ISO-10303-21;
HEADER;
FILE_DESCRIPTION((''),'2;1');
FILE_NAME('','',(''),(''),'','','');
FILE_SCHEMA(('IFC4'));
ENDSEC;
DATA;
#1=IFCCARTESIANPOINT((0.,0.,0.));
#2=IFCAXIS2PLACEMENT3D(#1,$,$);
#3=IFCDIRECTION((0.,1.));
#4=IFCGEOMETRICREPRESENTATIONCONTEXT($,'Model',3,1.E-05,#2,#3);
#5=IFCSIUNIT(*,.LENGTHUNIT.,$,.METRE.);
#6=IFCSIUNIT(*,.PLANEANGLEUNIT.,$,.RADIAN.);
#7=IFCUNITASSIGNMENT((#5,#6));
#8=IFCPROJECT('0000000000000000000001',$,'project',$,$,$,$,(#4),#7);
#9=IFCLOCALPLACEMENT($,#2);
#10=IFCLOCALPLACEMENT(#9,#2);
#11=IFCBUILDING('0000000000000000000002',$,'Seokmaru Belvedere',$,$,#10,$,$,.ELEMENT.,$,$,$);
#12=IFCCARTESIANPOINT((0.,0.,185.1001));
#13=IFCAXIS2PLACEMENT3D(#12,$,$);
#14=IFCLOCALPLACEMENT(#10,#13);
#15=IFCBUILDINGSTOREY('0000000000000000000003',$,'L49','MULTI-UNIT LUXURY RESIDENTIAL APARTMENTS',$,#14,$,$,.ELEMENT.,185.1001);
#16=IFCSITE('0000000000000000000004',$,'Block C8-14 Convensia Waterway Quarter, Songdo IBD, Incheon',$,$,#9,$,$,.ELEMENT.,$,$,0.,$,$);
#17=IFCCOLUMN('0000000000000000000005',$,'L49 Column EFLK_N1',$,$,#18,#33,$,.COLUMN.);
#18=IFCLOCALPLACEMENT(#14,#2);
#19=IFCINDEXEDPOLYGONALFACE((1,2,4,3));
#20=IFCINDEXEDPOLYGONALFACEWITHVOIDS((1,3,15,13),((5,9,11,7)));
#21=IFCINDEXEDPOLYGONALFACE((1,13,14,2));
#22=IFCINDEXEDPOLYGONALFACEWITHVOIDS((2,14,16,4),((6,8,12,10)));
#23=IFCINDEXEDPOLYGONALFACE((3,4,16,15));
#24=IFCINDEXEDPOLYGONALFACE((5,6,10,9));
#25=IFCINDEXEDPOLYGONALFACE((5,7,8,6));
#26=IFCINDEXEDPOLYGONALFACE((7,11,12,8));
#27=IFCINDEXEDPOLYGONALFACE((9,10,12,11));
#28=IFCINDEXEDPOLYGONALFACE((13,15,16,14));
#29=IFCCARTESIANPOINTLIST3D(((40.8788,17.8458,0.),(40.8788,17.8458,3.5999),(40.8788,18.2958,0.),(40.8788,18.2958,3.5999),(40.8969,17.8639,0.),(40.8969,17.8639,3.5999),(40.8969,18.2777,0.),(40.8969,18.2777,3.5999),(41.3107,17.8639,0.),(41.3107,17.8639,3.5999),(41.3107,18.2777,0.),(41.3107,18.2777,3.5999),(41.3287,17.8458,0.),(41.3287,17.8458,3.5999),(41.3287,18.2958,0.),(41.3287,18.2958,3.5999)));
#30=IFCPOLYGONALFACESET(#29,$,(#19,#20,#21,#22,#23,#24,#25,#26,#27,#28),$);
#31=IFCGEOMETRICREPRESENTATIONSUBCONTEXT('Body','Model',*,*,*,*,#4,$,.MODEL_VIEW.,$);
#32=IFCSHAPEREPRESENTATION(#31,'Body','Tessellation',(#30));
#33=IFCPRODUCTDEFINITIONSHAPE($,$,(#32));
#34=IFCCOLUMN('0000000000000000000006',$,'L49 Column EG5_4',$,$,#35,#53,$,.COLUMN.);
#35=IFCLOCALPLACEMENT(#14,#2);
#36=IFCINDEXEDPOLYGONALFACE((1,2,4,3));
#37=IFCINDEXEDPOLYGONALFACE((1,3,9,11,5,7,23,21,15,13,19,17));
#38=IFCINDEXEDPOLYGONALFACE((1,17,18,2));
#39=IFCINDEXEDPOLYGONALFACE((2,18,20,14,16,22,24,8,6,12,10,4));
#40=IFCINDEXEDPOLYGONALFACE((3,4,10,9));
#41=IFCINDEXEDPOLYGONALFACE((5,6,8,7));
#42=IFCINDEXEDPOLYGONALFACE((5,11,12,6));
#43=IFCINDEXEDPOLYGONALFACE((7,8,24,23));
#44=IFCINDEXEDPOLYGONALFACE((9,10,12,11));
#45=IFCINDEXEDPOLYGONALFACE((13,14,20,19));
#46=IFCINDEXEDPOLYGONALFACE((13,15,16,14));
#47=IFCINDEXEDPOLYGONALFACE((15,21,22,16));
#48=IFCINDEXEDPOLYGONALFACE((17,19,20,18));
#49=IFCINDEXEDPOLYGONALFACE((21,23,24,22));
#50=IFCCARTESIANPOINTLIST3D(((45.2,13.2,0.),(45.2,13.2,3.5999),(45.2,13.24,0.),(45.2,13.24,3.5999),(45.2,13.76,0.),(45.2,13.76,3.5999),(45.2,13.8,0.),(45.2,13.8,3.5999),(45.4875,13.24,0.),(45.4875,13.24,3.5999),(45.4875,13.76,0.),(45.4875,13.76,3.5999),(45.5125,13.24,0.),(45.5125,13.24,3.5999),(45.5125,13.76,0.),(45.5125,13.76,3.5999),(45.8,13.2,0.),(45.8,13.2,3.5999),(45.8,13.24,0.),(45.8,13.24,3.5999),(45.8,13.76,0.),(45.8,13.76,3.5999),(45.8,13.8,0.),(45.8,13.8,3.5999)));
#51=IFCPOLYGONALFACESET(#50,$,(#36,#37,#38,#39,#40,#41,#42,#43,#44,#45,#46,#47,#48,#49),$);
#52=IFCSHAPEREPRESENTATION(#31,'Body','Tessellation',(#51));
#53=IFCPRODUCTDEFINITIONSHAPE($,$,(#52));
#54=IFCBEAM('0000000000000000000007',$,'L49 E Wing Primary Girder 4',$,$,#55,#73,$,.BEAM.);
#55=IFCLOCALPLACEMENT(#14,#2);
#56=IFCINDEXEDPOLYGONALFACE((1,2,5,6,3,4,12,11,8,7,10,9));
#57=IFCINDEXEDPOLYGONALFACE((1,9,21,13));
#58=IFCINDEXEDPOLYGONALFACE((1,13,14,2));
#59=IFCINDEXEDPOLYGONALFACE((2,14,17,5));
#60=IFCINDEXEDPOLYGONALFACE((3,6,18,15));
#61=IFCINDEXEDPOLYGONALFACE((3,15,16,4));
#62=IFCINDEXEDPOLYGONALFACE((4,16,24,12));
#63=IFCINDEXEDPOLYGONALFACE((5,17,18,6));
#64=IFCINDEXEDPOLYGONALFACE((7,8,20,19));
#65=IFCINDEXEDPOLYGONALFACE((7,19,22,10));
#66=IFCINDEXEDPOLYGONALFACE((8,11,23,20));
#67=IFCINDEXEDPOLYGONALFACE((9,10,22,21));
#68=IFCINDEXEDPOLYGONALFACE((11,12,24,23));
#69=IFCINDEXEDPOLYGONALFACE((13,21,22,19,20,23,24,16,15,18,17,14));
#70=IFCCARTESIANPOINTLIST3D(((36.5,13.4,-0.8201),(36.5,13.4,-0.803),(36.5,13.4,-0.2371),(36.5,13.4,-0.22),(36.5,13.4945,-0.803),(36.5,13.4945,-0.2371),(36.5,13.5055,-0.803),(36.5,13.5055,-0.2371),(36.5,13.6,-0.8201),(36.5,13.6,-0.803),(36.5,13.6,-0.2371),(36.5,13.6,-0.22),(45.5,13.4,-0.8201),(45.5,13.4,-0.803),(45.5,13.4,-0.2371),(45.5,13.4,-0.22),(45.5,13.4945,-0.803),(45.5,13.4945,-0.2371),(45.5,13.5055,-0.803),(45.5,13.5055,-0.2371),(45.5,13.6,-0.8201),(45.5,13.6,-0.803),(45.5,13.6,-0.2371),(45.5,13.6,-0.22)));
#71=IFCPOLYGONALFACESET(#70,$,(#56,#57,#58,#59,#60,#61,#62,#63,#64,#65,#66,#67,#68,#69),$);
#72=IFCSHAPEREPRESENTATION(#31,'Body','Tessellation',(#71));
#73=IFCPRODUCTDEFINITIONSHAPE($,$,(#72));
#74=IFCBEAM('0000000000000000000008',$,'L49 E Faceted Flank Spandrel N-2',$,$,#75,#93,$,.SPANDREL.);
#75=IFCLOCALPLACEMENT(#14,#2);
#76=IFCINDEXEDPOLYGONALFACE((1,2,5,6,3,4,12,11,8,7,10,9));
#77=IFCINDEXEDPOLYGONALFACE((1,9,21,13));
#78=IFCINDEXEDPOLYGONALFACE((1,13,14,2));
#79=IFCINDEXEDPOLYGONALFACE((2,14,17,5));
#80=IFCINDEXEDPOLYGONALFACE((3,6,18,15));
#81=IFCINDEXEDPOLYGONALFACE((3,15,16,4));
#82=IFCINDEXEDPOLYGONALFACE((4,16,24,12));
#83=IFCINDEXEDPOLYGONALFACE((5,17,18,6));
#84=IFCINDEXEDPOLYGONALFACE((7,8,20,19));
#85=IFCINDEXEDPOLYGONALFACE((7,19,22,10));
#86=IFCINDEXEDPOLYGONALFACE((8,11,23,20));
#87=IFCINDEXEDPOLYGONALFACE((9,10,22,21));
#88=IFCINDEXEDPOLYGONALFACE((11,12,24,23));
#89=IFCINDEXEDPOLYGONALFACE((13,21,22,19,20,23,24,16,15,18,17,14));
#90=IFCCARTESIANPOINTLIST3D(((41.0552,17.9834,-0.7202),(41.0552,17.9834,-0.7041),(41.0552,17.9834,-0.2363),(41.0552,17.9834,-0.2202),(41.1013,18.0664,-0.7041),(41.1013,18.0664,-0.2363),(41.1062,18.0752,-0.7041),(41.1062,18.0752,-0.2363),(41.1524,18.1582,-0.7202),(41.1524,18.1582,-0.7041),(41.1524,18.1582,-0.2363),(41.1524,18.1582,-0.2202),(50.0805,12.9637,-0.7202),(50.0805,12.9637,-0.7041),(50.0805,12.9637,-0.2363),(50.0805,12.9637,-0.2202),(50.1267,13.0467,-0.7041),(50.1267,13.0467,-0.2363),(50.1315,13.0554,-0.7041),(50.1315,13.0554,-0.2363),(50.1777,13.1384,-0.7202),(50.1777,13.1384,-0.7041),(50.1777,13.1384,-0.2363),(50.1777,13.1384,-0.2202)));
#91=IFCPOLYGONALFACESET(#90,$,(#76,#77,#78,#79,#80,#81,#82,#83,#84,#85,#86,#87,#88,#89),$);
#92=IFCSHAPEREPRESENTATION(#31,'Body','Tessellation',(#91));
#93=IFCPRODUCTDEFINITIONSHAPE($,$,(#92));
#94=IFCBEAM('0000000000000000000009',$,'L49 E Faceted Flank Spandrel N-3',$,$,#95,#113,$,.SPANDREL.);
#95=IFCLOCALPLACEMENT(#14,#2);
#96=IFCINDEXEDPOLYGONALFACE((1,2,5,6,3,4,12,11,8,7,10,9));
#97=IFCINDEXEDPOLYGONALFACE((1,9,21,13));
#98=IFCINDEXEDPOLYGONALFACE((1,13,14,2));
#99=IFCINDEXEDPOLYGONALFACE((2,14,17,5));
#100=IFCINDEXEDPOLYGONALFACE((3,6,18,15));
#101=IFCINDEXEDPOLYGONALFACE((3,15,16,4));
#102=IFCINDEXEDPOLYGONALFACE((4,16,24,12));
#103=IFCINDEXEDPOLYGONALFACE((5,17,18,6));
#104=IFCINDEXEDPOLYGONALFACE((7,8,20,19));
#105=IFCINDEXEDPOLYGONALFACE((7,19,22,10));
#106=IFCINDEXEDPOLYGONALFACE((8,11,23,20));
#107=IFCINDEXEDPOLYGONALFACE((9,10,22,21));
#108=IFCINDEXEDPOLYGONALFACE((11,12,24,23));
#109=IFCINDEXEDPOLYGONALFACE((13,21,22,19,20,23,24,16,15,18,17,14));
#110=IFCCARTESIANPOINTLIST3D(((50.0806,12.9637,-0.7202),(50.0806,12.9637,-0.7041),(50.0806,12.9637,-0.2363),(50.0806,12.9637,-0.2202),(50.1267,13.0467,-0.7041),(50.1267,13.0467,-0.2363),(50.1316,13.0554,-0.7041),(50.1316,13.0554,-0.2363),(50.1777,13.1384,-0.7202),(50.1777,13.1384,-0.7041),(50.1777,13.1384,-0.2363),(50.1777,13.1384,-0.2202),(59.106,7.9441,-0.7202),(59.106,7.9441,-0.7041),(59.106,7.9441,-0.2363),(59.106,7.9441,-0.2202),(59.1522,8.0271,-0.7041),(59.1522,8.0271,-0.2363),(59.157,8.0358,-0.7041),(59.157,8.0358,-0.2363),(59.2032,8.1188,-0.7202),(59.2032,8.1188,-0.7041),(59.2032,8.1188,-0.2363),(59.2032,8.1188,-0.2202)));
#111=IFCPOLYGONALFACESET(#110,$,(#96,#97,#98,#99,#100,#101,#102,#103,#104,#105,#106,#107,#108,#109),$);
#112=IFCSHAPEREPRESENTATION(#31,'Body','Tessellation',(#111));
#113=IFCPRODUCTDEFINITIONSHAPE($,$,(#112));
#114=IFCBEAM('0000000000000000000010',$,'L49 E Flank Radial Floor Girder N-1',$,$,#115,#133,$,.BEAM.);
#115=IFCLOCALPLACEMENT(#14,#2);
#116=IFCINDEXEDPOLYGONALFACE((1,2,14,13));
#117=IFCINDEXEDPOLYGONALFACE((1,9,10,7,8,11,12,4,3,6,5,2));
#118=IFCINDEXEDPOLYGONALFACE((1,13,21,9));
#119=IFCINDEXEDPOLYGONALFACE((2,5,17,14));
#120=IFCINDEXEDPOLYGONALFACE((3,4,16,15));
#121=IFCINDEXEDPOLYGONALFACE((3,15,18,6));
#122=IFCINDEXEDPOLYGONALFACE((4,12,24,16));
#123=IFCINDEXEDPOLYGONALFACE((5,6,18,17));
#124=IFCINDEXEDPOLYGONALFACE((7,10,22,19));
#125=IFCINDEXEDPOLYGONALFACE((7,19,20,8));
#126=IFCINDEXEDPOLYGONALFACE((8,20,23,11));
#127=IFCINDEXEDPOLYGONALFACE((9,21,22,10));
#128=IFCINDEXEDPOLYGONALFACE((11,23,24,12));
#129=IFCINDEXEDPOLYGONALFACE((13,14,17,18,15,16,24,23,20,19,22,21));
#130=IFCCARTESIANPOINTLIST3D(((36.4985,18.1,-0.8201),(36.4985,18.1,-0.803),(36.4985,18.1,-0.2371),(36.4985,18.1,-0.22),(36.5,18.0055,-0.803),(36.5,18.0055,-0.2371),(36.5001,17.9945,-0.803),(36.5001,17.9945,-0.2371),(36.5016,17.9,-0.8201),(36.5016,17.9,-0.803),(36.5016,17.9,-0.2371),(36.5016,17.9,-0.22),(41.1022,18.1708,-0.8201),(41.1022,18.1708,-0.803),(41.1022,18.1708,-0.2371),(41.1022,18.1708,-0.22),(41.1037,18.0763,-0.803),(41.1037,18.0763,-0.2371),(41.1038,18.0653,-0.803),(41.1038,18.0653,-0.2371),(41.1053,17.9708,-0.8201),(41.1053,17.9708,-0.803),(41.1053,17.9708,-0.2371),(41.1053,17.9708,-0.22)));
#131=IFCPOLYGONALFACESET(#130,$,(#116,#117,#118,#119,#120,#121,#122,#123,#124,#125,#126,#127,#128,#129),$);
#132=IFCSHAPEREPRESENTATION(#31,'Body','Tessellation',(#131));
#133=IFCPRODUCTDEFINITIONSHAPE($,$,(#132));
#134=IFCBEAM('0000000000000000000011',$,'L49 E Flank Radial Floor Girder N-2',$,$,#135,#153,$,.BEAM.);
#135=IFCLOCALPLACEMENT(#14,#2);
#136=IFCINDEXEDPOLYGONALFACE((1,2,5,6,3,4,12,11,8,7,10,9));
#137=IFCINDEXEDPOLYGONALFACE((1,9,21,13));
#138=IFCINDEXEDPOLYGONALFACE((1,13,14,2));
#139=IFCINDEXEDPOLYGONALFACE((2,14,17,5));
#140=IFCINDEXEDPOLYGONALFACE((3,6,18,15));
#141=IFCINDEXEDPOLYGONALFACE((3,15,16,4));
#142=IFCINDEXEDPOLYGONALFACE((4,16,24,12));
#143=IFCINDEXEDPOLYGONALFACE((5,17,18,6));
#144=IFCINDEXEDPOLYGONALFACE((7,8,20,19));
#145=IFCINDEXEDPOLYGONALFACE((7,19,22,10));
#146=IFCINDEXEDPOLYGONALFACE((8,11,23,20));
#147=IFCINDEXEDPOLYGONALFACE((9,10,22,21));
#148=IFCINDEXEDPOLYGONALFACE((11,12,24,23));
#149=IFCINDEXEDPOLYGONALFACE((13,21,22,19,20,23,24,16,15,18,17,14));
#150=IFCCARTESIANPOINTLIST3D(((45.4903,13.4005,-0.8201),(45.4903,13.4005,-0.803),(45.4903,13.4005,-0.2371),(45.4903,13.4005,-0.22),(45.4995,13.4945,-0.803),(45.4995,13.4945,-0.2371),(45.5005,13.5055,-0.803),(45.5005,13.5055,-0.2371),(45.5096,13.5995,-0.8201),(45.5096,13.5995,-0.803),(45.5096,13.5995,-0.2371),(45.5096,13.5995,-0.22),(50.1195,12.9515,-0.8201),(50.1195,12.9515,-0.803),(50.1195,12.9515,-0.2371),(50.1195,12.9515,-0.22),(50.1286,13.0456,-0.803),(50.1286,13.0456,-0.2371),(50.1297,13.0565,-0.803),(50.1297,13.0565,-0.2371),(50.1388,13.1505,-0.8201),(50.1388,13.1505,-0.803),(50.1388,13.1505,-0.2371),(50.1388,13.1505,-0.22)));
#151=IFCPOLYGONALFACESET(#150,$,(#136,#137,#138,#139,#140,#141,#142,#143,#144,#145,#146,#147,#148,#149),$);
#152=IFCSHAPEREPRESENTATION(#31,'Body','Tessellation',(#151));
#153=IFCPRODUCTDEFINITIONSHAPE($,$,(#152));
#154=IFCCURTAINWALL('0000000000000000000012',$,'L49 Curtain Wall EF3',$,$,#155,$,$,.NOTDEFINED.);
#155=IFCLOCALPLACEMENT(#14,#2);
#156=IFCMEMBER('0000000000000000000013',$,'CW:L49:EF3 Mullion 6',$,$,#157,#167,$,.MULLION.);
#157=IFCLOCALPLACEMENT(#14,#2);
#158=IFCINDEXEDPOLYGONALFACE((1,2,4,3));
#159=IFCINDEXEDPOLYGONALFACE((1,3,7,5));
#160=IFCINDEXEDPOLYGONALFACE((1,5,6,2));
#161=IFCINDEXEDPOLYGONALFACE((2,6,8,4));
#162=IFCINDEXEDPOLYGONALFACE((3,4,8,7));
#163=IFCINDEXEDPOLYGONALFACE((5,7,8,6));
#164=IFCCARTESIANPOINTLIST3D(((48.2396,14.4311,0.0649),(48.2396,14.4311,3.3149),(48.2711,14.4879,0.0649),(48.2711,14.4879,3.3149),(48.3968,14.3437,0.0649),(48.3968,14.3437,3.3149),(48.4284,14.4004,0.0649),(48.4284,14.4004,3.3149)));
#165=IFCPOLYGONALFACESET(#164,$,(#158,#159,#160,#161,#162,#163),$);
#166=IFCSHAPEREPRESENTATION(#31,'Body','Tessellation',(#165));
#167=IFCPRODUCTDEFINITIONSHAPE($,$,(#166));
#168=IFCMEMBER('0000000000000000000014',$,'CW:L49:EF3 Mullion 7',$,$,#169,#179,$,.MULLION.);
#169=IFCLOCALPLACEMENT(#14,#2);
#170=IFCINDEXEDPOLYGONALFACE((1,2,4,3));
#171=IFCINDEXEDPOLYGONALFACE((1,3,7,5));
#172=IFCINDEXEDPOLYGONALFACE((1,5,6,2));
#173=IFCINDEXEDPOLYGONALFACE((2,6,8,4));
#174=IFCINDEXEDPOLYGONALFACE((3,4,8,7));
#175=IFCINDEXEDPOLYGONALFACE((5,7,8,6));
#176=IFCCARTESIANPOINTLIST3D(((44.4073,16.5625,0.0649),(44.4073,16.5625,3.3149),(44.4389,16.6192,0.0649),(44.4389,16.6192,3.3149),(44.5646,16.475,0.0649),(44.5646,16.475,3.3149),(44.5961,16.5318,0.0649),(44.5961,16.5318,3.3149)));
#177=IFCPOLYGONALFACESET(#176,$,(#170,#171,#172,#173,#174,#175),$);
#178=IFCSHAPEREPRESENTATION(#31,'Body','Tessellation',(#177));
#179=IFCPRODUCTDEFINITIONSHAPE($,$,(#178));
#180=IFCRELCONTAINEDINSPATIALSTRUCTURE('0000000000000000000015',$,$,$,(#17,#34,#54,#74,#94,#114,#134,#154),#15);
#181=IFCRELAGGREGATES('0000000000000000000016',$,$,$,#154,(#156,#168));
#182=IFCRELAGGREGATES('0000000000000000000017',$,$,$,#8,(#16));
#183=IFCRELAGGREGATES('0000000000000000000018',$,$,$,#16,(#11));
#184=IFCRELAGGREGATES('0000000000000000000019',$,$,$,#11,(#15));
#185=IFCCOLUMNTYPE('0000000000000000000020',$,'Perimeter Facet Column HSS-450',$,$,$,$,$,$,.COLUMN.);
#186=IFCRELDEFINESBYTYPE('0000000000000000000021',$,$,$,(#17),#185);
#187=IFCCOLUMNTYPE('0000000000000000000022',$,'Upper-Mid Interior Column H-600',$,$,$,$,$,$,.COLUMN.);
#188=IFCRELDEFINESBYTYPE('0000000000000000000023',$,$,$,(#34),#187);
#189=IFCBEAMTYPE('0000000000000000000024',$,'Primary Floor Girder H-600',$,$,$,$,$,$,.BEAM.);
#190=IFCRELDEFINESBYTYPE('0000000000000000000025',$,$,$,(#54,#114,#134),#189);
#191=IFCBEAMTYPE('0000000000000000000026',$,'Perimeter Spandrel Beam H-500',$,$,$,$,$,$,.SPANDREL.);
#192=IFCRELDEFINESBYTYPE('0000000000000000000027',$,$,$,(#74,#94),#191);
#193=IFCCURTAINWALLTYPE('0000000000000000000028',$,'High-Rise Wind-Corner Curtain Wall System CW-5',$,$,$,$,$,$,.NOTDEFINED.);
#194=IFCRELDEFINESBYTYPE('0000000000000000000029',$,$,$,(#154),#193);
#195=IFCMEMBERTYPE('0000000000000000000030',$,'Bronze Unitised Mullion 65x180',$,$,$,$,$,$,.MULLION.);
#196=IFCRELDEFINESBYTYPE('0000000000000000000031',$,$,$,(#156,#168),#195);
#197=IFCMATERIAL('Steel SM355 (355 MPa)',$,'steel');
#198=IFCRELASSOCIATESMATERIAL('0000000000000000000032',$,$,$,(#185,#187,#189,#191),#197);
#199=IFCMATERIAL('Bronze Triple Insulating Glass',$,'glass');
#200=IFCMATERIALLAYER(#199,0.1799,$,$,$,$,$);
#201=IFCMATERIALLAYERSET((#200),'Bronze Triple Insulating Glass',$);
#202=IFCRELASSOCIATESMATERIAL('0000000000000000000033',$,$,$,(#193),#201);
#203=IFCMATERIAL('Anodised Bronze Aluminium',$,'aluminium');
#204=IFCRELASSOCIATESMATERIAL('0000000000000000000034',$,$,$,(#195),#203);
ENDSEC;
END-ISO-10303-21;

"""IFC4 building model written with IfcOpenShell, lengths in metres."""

from ifc_helpers import new_model, si_unit, direction, frame, origin, origin_2d, place, context, subcontext, project, spatial, rectangle, hollow_rectangle, i_section, extrude, source, transform, mapped, material, layer, layer_set, material_profile, profile_set, type_object, type_shapes, element, aggregate, save


model = new_model("IFC4")

# Units and contexts
model_context = context("Model", 3, precision=1e-05, world=origin(), true_north=direction((0.0, 1.0)))
body_context = subcontext(model_context, "Body", "Model", "MODEL_VIEW")
ifc_project = project(units=[si_unit("LENGTHUNIT", "METRE"), si_unit("PLANEANGLEUNIT", "RADIAN")], contexts=[model_context])

# Site, building, storey
site_placement = place(None, origin())
site = spatial("IfcSite", under=ifc_project, at=site_placement, Name="Block C8-14 Convensia Waterway Quarter, Songdo IBD, Incheon", CompositionType="ELEMENT", RefElevation=0.0)
building_placement = place(site_placement, origin())
building = spatial("IfcBuilding", under=site, at=building_placement, Name="Seokmaru Belvedere", CompositionType="ELEMENT")
storey_placement = place(building_placement, frame((0.0, 0.0, 185.1001)))
storey = spatial("IfcBuildingStorey", under=building, at=storey_placement, Name="L49", Description="MULTI-UNIT LUXURY RESIDENTIAL APARTMENTS", CompositionType="ELEMENT", Elevation=185.1001)

# Columns
ifc_material_1 = material(Name="Steel SM355 (355 MPa)", Category="steel")
ifc_material_profile_1 = material_profile(ifc_material_1, hollow_rectangle(XDim=0.45, YDim=0.45, WallThickness=0.0181, at=origin_2d()), Name="HSS-450x450x18")
ifc_profile_set_1 = profile_set([ifc_material_profile_1], Name="Steel SM355 (355 MPa)")
column_type_1 = type_object("IfcColumnType", Name="Perimeter Facet Column HSS-450", PredefinedType="COLUMN", material=ifc_profile_set_1)
shared_shape_1 = source(origin(), body_context, "Body", "SweptSolid", [
    extrude(hollow_rectangle(XDim=0.45, YDim=0.45, WallThickness=0.0181, at=origin_2d()), origin(), (0.0, 0.0, 1.0), 3.5999),
])
type_shapes(column_type_1, [shared_shape_1])
column_1_placement = place(storey_placement, frame((41.1038, 18.0708, 0.0), z_axis=(0.0, 0.0, 1.0), x_axis=(1.0, 0.0, 0.0)))
element("IfcColumn", 1, at=column_1_placement, inside=storey, type_object=column_type_1, Name="L49 Column EFLK_N1", PredefinedType="COLUMN", context=body_context, shape_type="MappedRepresentation", body=[
    mapped(shared_shape_1, transform((0.0, 0.0, 0.0), scale=1.0)),
])
ifc_material_profile_2 = material_profile(ifc_material_1, i_section(OverallWidth=0.6001, OverallDepth=0.6001, WebThickness=0.0249, FlangeThickness=0.04, at=origin_2d()), Name="H-600x600x25x40")
ifc_profile_set_2 = profile_set([ifc_material_profile_2], Name="Steel SM355 (355 MPa)")
column_type_2 = type_object("IfcColumnType", Name="Upper-Mid Interior Column H-600", PredefinedType="COLUMN", material=ifc_profile_set_2)
shared_shape_2 = source(origin(), body_context, "Body", "SweptSolid", [
    extrude(i_section(OverallWidth=0.6001, OverallDepth=0.6001, WebThickness=0.0249, FlangeThickness=0.04, at=origin_2d()), origin(), (0.0, 0.0, 1.0), 3.5999),
])
type_shapes(column_type_2, [shared_shape_2])
column_2_placement = place(storey_placement, frame((45.5, 13.5, 0.0), z_axis=(0.0, 0.0, 1.0), x_axis=(1.0, 0.0, 0.0)))
element("IfcColumn", 2, at=column_2_placement, inside=storey, type_object=column_type_2, Name="L49 Column EG5_4", PredefinedType="COLUMN", context=body_context, shape_type="MappedRepresentation", body=[
    mapped(shared_shape_2, transform((0.0, 0.0, 0.0), scale=1.0)),
])

# Beams
ifc_material_profile_3 = material_profile(ifc_material_1, i_section(OverallWidth=0.2, OverallDepth=0.6001, WebThickness=0.011, FlangeThickness=0.0171, at=origin_2d()), Name="H-600x200x11x17")
ifc_profile_set_3 = profile_set([ifc_material_profile_3], Name="Steel SM355 (355 MPa)")
beam_type_1 = type_object("IfcBeamType", Name="Primary Floor Girder H-600", PredefinedType="BEAM", material=ifc_profile_set_3)
shared_shape_3 = source(origin(), body_context, "Body", "SweptSolid", [
    extrude(i_section(OverallWidth=0.2, OverallDepth=0.6001, WebThickness=0.011, FlangeThickness=0.0171, at=origin_2d()), origin(), (0.0, 0.0, 1.0), 9.0),
])
beam_1_placement = place(storey_placement, frame((36.5, 13.5, -0.52), z_axis=(1.0, 0.0, 0.0), x_axis=(0.0, 1.0, 0.0)))
element("IfcBeam", 3, at=beam_1_placement, inside=storey, type_object=beam_type_1, Name="L49 E Wing Primary Girder 4", PredefinedType="BEAM", context=body_context, shape_type="MappedRepresentation", body=[
    mapped(shared_shape_3, transform((0.0, 0.0, 0.0), scale=1.0)),
])
ifc_material_profile_4 = material_profile(ifc_material_1, i_section(OverallWidth=0.2, OverallDepth=0.5, WebThickness=0.01, FlangeThickness=0.0161, at=origin_2d()), Name="H-500x200x10x16")
ifc_profile_set_4 = profile_set([ifc_material_profile_4], Name="Steel SM355 (355 MPa)")
beam_type_2 = type_object("IfcBeamType", Name="Perimeter Spandrel Beam H-500", PredefinedType="SPANDREL", material=ifc_profile_set_4)
shared_shape_4 = source(origin(), body_context, "Body", "SweptSolid", [
    extrude(i_section(OverallWidth=0.2, OverallDepth=0.5, WebThickness=0.01, FlangeThickness=0.0161, at=origin_2d()), origin(), (0.0, 0.0, 1.0), 10.3274),
])
type_shapes(beam_type_2, [shared_shape_4])
for number, where, z_axis, x_axis, name in (
    (4, (41.1038, 18.0708, -0.4702), (0.873924, -0.486062, 0.0), (0.486062, 0.873924, 0.0), "L49 E Faceted Flank Spandrel N-2"),
    (5, (50.1292, 13.051, -0.4702), (0.873934, -0.486044, 0.0), (0.486044, 0.873934, 0.0), "L49 E Faceted Flank Spandrel N-3"),
):
    element("IfcBeam", number, at=place(storey_placement, frame(where, z_axis=z_axis, x_axis=x_axis)), inside=storey, type_object=beam_type_2, Name=name, PredefinedType="SPANDREL", context=body_context, shape_type="MappedRepresentation", body=[
        mapped(shared_shape_4, transform((0.0, 0.0, 0.0), scale=1.0)),
    ])
shared_shape_5 = source(origin(), body_context, "Body", "SweptSolid", [
    extrude(i_section(OverallWidth=0.2, OverallDepth=0.6001, WebThickness=0.011, FlangeThickness=0.0171, at=origin_2d()), origin(), (0.0, 0.0, 1.0), 4.6042),
])
beam_2_placement = place(storey_placement, frame((41.1038, 18.0708, -0.52), z_axis=(-0.999882, -0.015377, 0.0), x_axis=(0.015377, -0.999882, 0.0)))
element("IfcBeam", 6, at=beam_2_placement, inside=storey, type_object=beam_type_1, Name="L49 E Flank Radial Floor Girder N-1", PredefinedType="BEAM", context=body_context, shape_type="MappedRepresentation", body=[
    mapped(shared_shape_5, transform((0.0, 0.0, 0.0), scale=1.0)),
])
shared_shape_6 = source(origin(), body_context, "Body", "SweptSolid", [
    extrude(i_section(OverallWidth=0.2, OverallDepth=0.6001, WebThickness=0.011, FlangeThickness=0.0171, at=origin_2d()), origin(), (0.0, 0.0, 1.0), 4.6509),
])
type_shapes(beam_type_1, [shared_shape_3, shared_shape_5, shared_shape_6])
beam_3_placement = place(storey_placement, frame((50.1292, 13.051, -0.52), z_axis=(-0.99533, 0.096536, 0.0), x_axis=(-0.096536, -0.99533, 0.0)))
element("IfcBeam", 7, at=beam_3_placement, inside=storey, type_object=beam_type_1, Name="L49 E Flank Radial Floor Girder N-2", PredefinedType="BEAM", context=body_context, shape_type="MappedRepresentation", body=[
    mapped(shared_shape_6, transform((0.0, 0.0, 0.0), scale=1.0)),
])

# Curtain wall, members
ifc_material_2 = material(Name="Bronze Triple Insulating Glass", Category="glass")
ifc_layer_1 = layer(ifc_material_2, 0.1799)
ifc_layer_set_1 = layer_set([ifc_layer_1], Name="Bronze Triple Insulating Glass")
curtain_wall_type = type_object("IfcCurtainWallType", Name="High-Rise Wind-Corner Curtain Wall System CW-5", PredefinedType="NOTDEFINED", material=ifc_layer_set_1)
curtain_wall_placement = place(storey_placement, origin())
curtain_wall = element("IfcCurtainWall", 8, at=curtain_wall_placement, inside=storey, type_object=curtain_wall_type, Name="L49 Curtain Wall EF3", PredefinedType="NOTDEFINED")
ifc_material_3 = material(Name="Anodised Bronze Aluminium", Category="aluminium")
ifc_material_profile_5 = material_profile(ifc_material_3, rectangle(XDim=0.0649, YDim=0.1799, at=origin_2d()), Name="CW-M-65x180")
ifc_profile_set_5 = profile_set([ifc_material_profile_5], Name="Anodised Bronze Aluminium")
member_type = type_object("IfcMemberType", Name="Bronze Unitised Mullion 65x180", PredefinedType="MULLION", material=ifc_profile_set_5)
shared_shape_7 = source(origin(), body_context, "Body", "SweptSolid", [
    extrude(rectangle(XDim=0.0649, YDim=0.1799, at=origin_2d()), origin(), (0.0, 0.0, 1.0), 3.25),
])
type_shapes(member_type, [shared_shape_7])
member_1_placement = place(storey_placement, frame((48.334, 14.4158, 0.0649), z_axis=(0.0, 0.0, 1.0), x_axis=(-0.486047, -0.873933, 0.0)))
member_1 = element("IfcMember", 9, at=member_1_placement, type_object=member_type, Name="CW:L49:EF3 Mullion 6", PredefinedType="MULLION", context=body_context, shape_type="MappedRepresentation", body=[
    mapped(shared_shape_7, transform((0.0, 0.0, 0.0), scale=1.0)),
])
member_2_placement = place(storey_placement, frame((44.5017, 16.5471, 0.0649), z_axis=(0.0, 0.0, 1.0), x_axis=(-0.486047, -0.873933, 0.0)))
member_2 = element("IfcMember", 10, at=member_2_placement, type_object=member_type, Name="CW:L49:EF3 Mullion 7", PredefinedType="MULLION", context=body_context, shape_type="MappedRepresentation", body=[
    mapped(shared_shape_7, transform((0.0, 0.0, 0.0), scale=1.0)),
])
aggregate(curtain_wall, [member_1, member_2])

save(model, "model.ifc")
